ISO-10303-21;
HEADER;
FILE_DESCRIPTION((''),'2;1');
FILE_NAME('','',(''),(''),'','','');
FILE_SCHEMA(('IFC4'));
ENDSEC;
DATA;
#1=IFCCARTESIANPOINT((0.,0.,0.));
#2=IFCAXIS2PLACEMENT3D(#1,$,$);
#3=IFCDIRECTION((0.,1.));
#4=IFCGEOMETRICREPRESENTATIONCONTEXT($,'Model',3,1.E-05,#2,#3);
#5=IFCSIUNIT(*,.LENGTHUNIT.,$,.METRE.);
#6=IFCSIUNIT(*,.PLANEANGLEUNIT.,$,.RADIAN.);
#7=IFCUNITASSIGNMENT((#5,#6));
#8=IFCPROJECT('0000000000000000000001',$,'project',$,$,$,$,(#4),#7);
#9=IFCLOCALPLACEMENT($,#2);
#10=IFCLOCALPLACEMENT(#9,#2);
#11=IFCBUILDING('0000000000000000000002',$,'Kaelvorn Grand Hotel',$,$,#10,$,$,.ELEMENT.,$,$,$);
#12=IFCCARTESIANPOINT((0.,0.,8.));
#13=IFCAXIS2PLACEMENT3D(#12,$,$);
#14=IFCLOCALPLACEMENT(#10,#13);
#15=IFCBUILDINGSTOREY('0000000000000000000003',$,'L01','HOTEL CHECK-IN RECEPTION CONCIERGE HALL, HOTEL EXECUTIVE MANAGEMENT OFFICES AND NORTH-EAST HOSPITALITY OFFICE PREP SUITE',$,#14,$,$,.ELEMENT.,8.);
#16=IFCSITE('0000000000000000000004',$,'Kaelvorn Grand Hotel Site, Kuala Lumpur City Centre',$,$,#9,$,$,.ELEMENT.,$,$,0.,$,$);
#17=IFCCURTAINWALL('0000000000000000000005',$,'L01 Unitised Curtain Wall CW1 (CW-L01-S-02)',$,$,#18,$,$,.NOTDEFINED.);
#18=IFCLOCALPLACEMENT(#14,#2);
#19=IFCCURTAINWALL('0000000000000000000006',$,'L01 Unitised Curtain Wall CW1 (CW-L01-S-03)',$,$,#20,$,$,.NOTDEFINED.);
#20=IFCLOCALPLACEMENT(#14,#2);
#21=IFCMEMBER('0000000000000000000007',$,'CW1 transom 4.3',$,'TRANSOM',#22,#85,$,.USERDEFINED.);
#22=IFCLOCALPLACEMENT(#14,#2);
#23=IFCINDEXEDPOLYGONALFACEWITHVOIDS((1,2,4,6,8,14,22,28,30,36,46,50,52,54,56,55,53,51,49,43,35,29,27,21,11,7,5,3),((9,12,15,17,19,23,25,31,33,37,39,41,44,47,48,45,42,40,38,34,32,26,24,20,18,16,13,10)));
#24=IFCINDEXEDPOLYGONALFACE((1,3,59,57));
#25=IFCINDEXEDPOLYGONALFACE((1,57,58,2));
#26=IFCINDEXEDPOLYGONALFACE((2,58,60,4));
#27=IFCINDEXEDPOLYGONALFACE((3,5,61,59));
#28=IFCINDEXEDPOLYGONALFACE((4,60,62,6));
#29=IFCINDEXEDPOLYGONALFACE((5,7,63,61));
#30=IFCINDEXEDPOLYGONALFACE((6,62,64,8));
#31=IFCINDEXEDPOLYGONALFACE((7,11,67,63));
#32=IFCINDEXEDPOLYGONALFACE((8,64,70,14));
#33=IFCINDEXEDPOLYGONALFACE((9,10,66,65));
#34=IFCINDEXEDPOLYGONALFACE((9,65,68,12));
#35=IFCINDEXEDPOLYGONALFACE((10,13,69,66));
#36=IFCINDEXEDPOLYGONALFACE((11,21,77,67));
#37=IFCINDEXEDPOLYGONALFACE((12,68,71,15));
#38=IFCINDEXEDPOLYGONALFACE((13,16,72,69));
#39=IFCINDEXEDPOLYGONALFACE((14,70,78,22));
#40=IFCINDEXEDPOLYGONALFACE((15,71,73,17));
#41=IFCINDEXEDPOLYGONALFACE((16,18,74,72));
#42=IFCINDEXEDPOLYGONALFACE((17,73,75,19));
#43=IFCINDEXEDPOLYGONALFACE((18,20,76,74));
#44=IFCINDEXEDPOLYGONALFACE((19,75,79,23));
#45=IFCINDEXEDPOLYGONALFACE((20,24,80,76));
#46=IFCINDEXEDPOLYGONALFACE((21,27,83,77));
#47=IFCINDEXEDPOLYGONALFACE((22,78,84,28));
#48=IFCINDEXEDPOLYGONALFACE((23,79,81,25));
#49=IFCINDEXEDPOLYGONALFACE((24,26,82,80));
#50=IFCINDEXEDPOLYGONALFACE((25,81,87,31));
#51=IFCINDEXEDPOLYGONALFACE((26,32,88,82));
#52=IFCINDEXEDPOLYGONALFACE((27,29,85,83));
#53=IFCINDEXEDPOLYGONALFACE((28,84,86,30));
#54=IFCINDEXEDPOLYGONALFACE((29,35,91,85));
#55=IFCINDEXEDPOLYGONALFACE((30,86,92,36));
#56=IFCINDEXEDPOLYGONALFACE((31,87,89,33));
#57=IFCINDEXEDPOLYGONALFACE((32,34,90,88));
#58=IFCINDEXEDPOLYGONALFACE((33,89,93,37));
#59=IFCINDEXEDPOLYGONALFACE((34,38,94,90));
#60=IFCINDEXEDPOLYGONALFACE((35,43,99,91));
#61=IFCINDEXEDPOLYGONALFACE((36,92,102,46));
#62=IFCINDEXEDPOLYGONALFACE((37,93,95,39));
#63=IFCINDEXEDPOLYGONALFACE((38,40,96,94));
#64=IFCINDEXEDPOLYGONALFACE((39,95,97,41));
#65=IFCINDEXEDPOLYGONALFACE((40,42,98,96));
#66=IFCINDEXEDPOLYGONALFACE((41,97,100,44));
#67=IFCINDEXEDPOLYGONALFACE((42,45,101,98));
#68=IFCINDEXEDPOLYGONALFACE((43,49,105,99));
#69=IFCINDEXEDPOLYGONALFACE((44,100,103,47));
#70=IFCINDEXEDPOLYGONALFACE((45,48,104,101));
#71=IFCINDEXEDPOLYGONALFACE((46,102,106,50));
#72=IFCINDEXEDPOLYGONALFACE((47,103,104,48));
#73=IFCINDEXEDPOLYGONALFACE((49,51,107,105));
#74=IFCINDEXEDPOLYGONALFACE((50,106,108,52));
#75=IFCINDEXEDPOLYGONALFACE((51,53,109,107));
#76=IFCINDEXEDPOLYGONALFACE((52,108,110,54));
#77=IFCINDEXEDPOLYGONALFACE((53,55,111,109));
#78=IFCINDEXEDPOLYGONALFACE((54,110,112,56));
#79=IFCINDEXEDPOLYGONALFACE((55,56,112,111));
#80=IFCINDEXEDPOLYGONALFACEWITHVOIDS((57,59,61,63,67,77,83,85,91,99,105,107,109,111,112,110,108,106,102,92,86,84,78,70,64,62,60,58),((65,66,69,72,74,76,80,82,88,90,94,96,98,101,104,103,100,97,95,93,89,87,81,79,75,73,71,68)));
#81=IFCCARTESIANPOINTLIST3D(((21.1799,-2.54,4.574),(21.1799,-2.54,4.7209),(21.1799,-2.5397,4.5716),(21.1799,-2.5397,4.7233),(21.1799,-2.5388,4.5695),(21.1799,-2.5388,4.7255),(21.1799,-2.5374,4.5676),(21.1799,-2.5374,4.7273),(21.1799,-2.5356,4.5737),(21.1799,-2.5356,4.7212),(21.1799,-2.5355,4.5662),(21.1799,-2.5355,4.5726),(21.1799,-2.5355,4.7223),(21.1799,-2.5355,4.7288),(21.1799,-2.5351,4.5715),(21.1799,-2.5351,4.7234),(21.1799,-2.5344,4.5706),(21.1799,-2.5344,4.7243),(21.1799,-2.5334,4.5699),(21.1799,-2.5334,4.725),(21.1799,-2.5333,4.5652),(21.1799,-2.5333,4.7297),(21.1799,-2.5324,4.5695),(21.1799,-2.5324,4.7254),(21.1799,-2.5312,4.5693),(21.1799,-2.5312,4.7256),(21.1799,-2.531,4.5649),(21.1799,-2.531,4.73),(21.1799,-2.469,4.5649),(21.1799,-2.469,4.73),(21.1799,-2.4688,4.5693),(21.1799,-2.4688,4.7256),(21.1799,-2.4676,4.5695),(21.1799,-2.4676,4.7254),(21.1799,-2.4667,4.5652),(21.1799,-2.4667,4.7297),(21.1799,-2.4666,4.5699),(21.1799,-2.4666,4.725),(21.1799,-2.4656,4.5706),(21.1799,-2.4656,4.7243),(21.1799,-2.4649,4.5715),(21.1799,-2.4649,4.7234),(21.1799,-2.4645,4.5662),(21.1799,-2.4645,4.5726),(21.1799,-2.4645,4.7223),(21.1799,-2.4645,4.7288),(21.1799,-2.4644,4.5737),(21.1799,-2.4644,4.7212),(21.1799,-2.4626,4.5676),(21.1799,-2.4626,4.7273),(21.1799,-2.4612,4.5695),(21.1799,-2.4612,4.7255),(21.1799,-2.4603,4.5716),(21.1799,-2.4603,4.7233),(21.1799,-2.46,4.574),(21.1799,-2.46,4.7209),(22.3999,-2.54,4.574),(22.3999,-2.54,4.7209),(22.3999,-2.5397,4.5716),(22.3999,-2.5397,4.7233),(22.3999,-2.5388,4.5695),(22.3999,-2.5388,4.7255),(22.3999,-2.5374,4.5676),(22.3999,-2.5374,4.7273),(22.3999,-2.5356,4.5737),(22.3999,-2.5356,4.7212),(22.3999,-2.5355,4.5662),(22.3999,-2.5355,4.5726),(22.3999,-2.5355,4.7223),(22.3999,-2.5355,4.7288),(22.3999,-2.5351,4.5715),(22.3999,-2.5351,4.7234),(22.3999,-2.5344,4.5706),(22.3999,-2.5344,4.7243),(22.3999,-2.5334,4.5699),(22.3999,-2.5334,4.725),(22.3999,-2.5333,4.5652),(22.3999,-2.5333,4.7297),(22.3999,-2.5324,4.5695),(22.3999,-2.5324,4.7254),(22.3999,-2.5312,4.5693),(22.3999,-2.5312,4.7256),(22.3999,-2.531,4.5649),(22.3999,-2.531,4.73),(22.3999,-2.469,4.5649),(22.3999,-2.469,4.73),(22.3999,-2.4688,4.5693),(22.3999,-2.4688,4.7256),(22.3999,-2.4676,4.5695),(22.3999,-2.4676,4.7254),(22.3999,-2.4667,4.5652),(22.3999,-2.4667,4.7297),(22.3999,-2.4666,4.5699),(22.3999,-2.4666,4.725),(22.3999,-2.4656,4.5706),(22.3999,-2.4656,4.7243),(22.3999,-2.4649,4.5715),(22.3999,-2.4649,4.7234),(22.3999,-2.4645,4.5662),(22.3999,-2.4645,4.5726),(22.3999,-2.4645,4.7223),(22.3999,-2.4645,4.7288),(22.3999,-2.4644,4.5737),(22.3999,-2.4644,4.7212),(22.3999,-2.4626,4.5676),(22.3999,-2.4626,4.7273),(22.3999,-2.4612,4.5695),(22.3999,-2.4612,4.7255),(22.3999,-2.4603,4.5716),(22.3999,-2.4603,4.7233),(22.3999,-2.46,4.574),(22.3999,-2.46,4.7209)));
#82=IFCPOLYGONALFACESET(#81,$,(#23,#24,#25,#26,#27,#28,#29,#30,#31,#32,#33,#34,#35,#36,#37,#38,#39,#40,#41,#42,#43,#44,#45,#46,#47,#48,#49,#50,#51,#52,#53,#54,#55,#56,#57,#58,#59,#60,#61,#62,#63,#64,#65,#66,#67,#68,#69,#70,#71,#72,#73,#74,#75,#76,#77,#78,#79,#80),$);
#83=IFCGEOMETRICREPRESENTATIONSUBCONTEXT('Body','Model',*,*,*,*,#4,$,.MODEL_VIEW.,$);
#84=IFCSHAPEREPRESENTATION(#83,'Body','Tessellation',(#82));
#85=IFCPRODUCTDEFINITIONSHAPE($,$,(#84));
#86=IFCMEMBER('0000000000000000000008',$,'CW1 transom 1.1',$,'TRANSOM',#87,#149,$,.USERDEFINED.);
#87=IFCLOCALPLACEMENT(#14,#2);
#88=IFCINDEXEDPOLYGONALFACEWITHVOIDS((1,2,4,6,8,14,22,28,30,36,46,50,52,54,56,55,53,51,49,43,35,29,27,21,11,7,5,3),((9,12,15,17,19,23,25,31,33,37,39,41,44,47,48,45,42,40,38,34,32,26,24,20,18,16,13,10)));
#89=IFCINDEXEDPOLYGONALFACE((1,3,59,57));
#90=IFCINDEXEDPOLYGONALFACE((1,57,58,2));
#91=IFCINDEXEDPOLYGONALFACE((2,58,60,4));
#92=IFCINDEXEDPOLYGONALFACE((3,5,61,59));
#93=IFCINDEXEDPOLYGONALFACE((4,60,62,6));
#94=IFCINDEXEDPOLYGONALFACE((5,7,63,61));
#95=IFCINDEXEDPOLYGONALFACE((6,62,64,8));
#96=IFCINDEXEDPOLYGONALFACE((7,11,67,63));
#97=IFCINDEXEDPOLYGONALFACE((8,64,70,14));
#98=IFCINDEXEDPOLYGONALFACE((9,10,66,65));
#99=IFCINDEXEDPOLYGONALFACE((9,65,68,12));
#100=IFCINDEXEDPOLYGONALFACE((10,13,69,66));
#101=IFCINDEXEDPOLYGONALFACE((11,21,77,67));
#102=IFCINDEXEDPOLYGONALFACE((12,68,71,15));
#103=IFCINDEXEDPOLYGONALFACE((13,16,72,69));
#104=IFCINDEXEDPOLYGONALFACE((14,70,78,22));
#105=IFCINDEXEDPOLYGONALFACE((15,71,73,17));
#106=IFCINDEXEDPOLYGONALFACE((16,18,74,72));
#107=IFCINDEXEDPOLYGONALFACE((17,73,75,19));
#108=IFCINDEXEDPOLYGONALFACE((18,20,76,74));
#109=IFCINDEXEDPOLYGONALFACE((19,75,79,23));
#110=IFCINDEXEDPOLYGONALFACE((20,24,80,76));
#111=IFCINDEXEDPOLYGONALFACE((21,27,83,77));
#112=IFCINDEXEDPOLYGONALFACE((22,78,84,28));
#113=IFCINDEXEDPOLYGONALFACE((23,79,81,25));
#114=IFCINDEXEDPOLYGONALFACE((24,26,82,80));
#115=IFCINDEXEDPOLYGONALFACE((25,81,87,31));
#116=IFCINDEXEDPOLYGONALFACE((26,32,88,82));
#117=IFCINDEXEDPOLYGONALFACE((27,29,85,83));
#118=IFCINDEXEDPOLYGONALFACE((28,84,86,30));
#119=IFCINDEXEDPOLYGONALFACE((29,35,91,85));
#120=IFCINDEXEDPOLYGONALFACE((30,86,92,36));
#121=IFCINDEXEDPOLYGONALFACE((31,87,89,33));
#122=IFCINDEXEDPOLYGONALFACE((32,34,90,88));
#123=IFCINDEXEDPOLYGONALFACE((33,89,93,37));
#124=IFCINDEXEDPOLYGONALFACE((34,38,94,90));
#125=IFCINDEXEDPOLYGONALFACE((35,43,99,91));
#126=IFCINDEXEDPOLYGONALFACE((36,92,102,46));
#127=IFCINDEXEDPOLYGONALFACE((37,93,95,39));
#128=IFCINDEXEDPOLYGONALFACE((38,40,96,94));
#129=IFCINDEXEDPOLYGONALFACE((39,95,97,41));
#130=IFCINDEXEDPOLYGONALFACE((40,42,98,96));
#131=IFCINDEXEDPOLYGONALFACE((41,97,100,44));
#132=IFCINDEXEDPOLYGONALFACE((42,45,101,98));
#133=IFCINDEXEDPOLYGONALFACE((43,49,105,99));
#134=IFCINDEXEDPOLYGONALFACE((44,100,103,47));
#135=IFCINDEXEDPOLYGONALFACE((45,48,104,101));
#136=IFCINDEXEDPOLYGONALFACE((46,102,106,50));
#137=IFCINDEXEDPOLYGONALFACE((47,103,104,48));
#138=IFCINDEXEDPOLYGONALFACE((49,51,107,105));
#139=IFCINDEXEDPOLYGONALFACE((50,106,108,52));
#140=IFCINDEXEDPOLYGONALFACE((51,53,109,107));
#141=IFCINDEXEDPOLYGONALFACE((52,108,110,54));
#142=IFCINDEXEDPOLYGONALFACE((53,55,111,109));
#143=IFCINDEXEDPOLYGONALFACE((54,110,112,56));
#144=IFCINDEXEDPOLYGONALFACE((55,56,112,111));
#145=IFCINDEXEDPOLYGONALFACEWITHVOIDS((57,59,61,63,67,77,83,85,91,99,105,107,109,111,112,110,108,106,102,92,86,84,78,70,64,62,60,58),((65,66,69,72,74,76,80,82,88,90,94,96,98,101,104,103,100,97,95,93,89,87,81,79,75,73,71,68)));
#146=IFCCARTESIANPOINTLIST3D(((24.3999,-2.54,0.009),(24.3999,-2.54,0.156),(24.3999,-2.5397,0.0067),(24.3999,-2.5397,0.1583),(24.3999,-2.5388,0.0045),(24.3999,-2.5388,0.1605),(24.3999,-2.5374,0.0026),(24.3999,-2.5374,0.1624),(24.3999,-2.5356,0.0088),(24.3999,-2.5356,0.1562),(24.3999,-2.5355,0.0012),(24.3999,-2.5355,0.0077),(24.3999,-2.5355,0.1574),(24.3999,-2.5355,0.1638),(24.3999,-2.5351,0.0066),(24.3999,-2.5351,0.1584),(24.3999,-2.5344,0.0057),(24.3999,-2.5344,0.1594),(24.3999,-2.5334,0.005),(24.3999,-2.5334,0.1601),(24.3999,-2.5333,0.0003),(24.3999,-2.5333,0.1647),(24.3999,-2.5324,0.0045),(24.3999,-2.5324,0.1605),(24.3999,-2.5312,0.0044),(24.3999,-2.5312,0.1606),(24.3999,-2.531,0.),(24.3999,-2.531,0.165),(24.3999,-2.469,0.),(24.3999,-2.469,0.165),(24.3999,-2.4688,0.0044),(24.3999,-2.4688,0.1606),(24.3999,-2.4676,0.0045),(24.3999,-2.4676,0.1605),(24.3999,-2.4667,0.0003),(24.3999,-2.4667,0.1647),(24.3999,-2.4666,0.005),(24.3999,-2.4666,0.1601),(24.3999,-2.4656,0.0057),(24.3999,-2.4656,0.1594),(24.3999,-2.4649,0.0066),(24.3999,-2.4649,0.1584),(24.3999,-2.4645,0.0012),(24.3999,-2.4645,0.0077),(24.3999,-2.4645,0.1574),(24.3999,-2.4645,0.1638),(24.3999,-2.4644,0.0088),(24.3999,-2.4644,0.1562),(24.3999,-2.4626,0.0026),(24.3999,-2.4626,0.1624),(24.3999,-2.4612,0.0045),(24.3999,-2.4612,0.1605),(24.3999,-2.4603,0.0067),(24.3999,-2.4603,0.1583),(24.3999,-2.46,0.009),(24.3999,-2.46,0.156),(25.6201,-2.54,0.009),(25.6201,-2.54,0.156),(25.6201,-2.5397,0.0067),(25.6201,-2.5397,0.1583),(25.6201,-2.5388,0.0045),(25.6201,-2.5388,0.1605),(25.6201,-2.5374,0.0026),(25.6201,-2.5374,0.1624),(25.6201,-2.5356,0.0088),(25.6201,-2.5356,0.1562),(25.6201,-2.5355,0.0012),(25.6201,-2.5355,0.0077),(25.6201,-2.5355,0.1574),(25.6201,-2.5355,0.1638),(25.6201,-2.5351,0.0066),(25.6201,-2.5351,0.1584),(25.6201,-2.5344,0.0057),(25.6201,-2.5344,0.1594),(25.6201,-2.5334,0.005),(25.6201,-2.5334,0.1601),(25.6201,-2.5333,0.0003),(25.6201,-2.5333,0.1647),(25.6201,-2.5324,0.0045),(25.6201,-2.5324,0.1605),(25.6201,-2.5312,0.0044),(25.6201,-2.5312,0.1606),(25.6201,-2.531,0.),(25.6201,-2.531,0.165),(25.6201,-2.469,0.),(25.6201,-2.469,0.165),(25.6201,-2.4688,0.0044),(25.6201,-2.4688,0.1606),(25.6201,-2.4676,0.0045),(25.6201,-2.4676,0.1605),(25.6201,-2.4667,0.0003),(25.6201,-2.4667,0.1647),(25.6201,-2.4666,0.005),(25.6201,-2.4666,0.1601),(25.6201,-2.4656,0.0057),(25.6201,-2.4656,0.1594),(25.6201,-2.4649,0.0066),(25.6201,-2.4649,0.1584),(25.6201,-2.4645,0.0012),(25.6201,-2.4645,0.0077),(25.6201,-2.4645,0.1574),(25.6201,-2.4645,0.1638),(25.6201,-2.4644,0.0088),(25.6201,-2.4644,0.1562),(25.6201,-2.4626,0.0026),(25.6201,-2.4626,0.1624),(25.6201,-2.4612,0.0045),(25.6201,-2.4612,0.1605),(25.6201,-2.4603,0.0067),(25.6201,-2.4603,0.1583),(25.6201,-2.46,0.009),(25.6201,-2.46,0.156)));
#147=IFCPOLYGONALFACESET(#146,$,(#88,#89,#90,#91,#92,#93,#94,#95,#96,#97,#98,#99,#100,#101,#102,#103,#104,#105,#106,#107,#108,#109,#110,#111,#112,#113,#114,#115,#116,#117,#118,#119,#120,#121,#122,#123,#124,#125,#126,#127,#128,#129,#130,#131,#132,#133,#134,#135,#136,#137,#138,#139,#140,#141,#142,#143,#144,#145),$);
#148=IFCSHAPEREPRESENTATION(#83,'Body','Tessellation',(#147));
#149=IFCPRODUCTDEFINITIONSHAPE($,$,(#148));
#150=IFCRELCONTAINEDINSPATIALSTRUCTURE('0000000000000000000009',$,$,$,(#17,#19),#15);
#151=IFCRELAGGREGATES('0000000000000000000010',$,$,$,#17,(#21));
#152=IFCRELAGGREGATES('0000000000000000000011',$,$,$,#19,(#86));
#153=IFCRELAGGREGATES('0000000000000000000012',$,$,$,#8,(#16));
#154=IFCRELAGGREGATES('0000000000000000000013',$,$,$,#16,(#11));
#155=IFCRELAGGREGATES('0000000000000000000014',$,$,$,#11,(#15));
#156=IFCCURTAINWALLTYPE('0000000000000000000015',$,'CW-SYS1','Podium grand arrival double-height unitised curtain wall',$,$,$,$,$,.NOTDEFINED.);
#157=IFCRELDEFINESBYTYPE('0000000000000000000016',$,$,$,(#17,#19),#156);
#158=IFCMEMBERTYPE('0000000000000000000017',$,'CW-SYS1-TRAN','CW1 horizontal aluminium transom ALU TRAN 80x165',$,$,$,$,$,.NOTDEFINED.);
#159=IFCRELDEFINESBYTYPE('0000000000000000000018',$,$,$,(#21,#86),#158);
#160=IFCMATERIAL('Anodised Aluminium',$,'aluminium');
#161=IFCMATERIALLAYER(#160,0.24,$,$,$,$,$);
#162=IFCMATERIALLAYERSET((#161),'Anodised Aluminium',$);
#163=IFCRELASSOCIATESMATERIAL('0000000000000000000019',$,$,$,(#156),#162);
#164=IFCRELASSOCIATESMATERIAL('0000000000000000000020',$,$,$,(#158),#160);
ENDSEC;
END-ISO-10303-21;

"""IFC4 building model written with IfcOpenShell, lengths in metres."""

from ifc_helpers import new_model, si_unit, direction, frame, origin, origin_2d, place, context, subcontext, project, spatial, hollow_rectangle, extrude, material, layer, layer_set, material_profile, profile_set, type_object, element, aggregate, save


model = new_model("IFC4")

# Units and contexts
model_context = context("Model", 3, precision=1e-05, world=origin(), true_north=direction((0.0, 1.0)))
body_context = subcontext(model_context, "Body", "Model", "MODEL_VIEW")
ifc_project = project(units=[si_unit("LENGTHUNIT", "METRE"), si_unit("PLANEANGLEUNIT", "RADIAN")], contexts=[model_context])

# Site, building, storey
site_placement = place(None, origin())
site = spatial("IfcSite", under=ifc_project, at=site_placement, Name="Kaelvorn Grand Hotel Site, Kuala Lumpur City Centre", CompositionType="ELEMENT", RefElevation=0.0)
building_placement = place(site_placement, origin())
building = spatial("IfcBuilding", under=site, at=building_placement, Name="Kaelvorn Grand Hotel", CompositionType="ELEMENT")
storey_placement = place(building_placement, frame((0.0, 0.0, 8.0)))
storey = spatial("IfcBuildingStorey", under=building, at=storey_placement, Name="L01", Description="HOTEL CHECK-IN RECEPTION CONCIERGE HALL, HOTEL EXECUTIVE MANAGEMENT OFFICES AND NORTH-EAST HOSPITALITY OFFICE PREP SUITE", CompositionType="ELEMENT", Elevation=8.0)

# Curtain walls
ifc_material_1 = material(Name="Anodised Aluminium", Category="aluminium")
ifc_layer_1 = layer(ifc_material_1, 0.24)
ifc_layer_set_1 = layer_set([ifc_layer_1], Name="Anodised Aluminium")
curtain_wall_type = type_object("IfcCurtainWallType", Name="CW-SYS1", Description="Podium grand arrival double-height unitised curtain wall", PredefinedType="NOTDEFINED", material=ifc_layer_set_1)
curtain_wall_1_placement = place(storey_placement, origin())
curtain_wall_1 = element("IfcCurtainWall", 1, at=curtain_wall_1_placement, inside=storey, type_object=curtain_wall_type, Name="L01 Unitised Curtain Wall CW1 (CW-L01-S-02)", PredefinedType="NOTDEFINED")
curtain_wall_2_placement = place(storey_placement, origin())
curtain_wall_2 = element("IfcCurtainWall", 2, at=curtain_wall_2_placement, inside=storey, type_object=curtain_wall_type, Name="L01 Unitised Curtain Wall CW1 (CW-L01-S-03)", PredefinedType="NOTDEFINED")

# Members
ifc_material_profile_1 = material_profile(ifc_material_1, hollow_rectangle(XDim=0.0801, YDim=0.165, WallThickness=0.0044, InnerFilletRadius=0.0044, OuterFilletRadius=0.009, at=origin_2d()), Name="ALU TRAN 80x165")
ifc_profile_set_1 = profile_set([ifc_material_profile_1], Name="Anodised Aluminium")
member_type_1 = type_object("IfcMemberType", Name="CW-SYS1-TRAN", Description="CW1 horizontal aluminium transom ALU TRAN 80x165", PredefinedType="NOTDEFINED", material=ifc_profile_set_1)
member_1_placement = place(storey_placement, frame((21.1799, -2.5, 4.6475), z_axis=(1.0, 0.0, 0.0), x_axis=(0.0, 1.0, 0.0)))
member_1 = element("IfcMember", 3, at=member_1_placement, type_object=member_type_1, Name="CW1 transom 4.3", ObjectType="TRANSOM", PredefinedType="USERDEFINED", context=body_context, shape_type="SweptSolid", body=[
    extrude(hollow_rectangle(XDim=0.0801, YDim=0.165, WallThickness=0.0044, InnerFilletRadius=0.0044, OuterFilletRadius=0.009, at=origin_2d()), origin(), (0.0, 0.0, 1.0), 1.22),
])
member_2_placement = place(storey_placement, frame((24.3999, -2.5, 0.0825), z_axis=(1.0, 0.0, 0.0), x_axis=(0.0, 1.0, 0.0)))
member_2 = element("IfcMember", 4, at=member_2_placement, type_object=member_type_1, Name="CW1 transom 1.1", ObjectType="TRANSOM", PredefinedType="USERDEFINED", context=body_context, shape_type="SweptSolid", body=[
    extrude(hollow_rectangle(XDim=0.0801, YDim=0.165, WallThickness=0.0044, InnerFilletRadius=0.0044, OuterFilletRadius=0.009, at=origin_2d()), origin(), (0.0, 0.0, 1.0), 1.2202),
])

aggregate(curtain_wall_1, [member_1])
aggregate(curtain_wall_2, [member_2])

save(model, "model.ifc")
